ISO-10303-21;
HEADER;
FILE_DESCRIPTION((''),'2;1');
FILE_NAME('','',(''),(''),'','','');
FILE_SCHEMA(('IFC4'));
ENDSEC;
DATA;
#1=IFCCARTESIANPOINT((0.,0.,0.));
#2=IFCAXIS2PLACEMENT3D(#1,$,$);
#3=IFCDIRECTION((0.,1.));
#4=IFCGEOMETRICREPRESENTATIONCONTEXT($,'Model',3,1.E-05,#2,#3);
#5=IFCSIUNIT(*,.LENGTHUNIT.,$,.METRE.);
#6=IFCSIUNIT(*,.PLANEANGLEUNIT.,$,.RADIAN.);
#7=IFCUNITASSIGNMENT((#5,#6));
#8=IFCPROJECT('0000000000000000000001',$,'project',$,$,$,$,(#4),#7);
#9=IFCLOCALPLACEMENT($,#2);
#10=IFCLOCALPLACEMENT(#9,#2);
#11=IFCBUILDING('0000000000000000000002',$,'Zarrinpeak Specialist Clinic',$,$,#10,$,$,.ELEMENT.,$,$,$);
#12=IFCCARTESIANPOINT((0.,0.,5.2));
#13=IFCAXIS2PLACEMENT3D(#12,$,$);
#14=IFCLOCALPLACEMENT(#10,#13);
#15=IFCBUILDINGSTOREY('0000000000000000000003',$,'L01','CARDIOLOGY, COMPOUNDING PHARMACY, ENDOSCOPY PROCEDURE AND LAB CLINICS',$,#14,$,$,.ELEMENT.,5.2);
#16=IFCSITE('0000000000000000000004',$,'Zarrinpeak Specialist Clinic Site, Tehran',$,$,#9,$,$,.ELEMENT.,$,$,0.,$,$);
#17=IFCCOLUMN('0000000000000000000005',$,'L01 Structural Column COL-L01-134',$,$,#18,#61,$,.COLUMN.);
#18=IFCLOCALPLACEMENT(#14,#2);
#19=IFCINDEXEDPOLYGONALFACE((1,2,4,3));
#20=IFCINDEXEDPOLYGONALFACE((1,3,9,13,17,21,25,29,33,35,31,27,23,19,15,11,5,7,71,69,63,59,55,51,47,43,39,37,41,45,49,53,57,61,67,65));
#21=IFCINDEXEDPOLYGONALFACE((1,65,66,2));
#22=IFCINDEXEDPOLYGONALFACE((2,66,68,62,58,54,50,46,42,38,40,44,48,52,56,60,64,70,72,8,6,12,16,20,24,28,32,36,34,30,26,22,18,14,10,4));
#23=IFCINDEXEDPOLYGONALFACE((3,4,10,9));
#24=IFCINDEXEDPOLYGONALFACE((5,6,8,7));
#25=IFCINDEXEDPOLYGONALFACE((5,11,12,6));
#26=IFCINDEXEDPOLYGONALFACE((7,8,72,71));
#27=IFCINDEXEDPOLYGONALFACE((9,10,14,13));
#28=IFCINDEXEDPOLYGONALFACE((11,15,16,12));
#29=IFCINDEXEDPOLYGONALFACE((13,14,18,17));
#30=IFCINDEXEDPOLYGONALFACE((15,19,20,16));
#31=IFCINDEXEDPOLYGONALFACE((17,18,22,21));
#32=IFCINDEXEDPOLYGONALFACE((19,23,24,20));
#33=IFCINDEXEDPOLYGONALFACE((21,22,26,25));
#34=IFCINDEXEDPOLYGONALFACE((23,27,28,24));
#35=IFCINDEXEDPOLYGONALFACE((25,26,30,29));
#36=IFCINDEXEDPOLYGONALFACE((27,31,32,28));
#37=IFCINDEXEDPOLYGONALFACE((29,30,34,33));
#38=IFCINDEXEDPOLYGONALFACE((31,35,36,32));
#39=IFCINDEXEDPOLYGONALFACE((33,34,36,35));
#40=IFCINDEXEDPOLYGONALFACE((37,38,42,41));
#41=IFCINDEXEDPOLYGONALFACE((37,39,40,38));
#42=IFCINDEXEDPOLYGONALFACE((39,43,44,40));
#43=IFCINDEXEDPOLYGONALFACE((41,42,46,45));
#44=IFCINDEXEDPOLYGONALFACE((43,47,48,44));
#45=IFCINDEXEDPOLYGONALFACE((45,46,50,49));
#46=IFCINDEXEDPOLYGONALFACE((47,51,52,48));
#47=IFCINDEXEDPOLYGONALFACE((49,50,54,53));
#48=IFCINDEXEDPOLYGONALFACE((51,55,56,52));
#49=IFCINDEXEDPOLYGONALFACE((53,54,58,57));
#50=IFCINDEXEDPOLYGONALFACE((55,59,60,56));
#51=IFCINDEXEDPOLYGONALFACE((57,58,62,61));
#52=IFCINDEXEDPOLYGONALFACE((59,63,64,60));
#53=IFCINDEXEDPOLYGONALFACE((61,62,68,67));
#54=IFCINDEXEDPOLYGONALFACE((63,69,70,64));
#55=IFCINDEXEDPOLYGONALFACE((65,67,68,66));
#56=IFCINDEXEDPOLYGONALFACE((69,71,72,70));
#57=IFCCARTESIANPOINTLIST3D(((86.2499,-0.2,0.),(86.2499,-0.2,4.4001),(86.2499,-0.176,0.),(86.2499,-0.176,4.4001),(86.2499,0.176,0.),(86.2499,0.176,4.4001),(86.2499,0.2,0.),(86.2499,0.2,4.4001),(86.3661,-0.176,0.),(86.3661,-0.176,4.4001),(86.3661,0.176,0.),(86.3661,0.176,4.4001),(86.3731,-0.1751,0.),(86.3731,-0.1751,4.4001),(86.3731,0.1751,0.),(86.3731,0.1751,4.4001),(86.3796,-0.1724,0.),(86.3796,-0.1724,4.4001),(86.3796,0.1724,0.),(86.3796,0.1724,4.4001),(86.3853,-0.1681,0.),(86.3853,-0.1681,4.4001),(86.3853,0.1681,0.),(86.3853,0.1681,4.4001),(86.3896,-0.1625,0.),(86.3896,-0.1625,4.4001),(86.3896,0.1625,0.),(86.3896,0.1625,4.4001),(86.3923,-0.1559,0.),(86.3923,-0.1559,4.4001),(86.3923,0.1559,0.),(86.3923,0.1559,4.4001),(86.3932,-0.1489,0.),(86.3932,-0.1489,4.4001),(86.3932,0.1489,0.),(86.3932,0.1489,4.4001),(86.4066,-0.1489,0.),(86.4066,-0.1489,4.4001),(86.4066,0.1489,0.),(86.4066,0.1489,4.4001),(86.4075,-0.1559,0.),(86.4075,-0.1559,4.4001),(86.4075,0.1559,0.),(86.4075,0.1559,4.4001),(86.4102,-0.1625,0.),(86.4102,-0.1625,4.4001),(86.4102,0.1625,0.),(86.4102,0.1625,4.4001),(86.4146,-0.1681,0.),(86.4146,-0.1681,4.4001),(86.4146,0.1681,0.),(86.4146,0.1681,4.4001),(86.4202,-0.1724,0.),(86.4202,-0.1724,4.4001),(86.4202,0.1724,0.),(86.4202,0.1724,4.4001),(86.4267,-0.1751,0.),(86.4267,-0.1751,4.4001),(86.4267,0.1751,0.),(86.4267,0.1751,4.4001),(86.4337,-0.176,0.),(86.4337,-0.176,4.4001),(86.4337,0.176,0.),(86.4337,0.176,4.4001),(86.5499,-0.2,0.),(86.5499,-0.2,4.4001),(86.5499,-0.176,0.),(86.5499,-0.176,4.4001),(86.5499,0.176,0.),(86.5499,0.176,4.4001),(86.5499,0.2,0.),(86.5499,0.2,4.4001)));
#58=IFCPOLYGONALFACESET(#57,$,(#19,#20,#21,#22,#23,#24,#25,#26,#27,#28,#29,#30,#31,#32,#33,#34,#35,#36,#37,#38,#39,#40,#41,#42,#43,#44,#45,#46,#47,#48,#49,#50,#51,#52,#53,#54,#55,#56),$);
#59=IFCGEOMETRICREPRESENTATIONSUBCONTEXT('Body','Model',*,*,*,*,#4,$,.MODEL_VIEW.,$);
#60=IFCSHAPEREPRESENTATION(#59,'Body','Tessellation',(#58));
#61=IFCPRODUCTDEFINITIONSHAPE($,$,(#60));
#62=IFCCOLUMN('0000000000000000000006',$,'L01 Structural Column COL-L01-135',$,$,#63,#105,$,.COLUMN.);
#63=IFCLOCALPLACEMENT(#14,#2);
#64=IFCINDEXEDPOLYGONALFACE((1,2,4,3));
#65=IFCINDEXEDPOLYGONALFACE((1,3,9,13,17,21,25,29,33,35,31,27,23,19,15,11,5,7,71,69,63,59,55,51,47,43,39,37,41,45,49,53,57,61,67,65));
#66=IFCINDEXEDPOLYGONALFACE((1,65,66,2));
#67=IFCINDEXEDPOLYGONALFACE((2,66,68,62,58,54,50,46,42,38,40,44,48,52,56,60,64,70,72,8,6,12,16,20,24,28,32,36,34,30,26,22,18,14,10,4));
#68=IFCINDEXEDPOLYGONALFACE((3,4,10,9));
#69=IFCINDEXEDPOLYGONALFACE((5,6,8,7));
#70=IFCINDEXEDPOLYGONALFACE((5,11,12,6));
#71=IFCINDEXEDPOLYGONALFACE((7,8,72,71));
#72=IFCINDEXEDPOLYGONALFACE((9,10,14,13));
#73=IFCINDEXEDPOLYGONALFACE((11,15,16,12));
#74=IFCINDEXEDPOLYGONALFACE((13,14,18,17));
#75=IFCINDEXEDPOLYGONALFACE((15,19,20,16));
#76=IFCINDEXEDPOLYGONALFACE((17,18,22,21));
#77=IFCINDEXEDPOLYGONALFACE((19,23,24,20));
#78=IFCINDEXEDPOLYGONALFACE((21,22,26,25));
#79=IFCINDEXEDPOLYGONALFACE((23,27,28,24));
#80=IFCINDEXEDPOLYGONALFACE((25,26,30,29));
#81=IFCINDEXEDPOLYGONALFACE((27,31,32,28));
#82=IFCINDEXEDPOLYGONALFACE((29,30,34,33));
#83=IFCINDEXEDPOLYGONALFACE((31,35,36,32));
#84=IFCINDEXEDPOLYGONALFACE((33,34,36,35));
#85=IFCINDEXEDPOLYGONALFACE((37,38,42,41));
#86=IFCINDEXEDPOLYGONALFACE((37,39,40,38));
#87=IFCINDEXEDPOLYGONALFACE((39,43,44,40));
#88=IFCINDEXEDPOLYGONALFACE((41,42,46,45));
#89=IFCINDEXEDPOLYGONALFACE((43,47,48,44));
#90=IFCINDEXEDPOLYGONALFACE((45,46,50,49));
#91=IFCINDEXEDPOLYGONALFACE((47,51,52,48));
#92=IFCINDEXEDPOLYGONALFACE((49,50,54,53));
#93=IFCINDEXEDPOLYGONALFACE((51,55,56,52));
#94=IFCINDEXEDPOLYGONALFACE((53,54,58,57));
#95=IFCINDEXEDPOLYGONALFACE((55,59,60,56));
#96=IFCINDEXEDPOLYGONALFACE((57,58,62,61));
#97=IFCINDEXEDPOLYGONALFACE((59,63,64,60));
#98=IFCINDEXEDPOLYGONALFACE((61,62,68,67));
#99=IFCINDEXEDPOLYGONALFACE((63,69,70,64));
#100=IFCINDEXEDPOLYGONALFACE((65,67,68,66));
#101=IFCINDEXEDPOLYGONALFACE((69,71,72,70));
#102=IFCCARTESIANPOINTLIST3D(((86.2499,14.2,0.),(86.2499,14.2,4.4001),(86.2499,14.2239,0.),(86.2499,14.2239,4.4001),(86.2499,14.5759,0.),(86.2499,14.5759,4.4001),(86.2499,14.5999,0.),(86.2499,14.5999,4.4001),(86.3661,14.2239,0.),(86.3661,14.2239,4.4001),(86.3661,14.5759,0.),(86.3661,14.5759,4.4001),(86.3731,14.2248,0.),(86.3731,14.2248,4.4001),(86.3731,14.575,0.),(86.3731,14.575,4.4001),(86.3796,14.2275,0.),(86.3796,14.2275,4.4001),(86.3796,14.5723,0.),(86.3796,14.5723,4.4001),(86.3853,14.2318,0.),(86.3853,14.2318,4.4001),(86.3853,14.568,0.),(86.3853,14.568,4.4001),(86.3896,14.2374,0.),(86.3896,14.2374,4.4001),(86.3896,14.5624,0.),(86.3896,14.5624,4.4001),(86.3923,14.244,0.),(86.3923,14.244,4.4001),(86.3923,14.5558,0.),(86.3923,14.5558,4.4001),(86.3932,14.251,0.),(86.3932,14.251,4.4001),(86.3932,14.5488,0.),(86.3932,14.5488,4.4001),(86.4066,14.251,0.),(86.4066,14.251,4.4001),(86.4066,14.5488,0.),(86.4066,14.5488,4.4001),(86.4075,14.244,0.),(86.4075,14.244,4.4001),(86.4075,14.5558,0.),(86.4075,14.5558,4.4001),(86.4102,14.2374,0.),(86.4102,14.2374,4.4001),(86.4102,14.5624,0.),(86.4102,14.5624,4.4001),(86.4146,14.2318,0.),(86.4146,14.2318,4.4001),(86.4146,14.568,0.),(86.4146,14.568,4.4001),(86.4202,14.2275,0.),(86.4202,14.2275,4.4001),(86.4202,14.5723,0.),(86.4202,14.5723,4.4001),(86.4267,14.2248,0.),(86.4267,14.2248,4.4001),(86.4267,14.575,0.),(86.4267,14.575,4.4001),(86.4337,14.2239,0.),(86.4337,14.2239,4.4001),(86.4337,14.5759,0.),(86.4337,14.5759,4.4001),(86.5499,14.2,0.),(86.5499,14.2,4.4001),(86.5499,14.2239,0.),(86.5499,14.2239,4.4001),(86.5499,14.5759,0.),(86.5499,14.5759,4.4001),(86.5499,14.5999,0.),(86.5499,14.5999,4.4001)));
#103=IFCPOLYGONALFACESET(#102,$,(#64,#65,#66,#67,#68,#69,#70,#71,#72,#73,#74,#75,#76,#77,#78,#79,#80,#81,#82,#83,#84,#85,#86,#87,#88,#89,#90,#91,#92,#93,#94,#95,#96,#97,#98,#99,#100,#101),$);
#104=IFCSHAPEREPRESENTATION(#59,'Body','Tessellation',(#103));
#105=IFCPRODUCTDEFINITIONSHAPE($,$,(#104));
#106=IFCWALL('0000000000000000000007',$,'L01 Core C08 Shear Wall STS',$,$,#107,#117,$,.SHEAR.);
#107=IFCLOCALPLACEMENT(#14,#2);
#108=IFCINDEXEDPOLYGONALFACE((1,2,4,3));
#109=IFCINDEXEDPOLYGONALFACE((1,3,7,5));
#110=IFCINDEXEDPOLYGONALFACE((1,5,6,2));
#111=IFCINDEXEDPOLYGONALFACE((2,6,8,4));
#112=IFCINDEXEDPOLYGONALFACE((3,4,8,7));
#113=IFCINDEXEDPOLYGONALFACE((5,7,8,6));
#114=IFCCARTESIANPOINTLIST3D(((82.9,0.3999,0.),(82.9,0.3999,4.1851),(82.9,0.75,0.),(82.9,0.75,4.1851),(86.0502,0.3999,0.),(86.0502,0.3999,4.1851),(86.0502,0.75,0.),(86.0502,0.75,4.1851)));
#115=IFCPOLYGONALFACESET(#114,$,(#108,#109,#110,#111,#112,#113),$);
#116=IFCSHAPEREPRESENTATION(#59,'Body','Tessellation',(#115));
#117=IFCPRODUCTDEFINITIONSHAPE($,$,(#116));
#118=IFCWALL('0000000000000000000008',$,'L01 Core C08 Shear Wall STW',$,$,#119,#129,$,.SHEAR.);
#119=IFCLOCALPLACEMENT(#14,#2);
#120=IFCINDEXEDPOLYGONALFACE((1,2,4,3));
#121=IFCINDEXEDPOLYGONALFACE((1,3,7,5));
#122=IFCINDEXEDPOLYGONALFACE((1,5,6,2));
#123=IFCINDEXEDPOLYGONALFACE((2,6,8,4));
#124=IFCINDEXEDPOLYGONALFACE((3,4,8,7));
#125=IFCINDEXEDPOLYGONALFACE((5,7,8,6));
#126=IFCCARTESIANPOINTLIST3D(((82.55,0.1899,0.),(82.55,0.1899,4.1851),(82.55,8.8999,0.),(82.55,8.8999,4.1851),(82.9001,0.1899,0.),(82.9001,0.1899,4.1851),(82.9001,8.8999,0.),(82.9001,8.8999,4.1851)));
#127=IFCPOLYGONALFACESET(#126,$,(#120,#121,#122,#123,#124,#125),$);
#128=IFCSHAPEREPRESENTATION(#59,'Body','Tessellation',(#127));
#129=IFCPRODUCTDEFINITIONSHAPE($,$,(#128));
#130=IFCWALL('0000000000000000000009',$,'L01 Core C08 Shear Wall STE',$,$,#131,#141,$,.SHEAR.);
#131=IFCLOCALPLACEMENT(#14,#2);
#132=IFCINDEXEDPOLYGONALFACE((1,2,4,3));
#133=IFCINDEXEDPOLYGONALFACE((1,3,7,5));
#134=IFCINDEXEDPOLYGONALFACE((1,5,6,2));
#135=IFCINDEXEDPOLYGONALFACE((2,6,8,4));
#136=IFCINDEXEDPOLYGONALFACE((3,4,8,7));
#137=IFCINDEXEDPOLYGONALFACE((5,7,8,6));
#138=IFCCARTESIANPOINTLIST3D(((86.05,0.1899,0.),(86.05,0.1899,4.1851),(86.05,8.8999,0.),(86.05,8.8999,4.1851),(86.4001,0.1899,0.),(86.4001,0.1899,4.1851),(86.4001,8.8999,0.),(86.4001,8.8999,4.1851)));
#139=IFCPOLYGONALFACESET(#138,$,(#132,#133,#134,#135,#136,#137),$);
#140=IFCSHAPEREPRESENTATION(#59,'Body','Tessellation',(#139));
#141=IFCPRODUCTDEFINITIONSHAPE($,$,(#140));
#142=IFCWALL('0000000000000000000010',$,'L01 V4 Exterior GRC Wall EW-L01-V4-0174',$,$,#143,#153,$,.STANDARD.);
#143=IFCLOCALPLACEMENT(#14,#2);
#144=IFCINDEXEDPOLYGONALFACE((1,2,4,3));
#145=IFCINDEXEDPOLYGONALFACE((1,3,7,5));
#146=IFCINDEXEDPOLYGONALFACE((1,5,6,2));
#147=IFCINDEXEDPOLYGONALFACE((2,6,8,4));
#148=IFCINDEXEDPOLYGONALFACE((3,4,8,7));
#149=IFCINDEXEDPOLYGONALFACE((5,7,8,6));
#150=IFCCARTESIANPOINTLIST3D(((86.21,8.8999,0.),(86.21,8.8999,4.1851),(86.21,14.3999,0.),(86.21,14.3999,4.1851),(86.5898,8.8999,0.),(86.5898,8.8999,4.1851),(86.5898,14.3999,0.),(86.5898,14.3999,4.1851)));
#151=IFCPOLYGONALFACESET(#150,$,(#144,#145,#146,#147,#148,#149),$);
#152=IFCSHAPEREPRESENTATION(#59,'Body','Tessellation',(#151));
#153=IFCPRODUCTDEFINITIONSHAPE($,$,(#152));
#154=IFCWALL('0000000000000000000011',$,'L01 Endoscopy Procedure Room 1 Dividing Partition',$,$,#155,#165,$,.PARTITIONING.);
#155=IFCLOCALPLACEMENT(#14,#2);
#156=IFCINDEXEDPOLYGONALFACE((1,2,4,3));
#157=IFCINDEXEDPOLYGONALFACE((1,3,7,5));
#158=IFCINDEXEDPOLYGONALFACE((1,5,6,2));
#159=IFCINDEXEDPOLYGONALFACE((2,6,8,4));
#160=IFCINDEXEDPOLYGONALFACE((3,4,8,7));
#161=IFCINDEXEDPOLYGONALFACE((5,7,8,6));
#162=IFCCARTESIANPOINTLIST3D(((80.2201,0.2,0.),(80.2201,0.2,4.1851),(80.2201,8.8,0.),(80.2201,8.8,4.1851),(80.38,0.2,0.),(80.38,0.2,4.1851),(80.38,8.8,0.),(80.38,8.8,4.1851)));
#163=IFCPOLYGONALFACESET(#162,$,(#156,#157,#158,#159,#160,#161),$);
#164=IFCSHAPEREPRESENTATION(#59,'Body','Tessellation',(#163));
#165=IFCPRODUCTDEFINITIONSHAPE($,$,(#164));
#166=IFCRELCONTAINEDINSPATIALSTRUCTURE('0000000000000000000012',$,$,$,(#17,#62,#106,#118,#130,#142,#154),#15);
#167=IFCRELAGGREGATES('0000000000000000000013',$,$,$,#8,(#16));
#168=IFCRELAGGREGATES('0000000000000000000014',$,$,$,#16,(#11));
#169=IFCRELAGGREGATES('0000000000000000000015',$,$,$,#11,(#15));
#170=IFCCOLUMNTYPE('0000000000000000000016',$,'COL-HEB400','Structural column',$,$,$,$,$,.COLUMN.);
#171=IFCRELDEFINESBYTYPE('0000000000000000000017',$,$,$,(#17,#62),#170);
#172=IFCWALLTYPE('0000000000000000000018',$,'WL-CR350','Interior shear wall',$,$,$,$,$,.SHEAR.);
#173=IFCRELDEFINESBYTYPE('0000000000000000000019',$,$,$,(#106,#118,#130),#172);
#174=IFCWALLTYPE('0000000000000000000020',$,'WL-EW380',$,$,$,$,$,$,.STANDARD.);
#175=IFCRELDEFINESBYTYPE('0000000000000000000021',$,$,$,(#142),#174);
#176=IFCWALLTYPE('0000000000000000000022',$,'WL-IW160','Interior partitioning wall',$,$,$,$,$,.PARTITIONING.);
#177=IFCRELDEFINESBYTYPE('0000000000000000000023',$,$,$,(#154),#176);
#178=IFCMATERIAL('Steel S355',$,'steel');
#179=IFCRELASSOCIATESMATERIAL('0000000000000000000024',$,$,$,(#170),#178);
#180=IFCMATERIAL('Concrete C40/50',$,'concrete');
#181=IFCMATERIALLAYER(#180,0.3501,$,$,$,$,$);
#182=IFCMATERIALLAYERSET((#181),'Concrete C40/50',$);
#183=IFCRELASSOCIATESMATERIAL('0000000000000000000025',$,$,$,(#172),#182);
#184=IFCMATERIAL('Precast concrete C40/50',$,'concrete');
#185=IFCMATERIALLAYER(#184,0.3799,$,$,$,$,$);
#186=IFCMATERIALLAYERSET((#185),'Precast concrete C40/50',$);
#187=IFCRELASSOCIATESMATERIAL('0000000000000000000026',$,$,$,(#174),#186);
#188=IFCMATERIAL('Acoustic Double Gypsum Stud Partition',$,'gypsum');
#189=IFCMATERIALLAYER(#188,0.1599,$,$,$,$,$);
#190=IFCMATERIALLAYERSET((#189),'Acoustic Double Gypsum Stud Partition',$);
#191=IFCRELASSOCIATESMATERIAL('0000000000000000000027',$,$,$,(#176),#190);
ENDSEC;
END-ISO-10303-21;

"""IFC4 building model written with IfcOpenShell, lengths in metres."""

from ifc_helpers import new_model, si_unit, direction, frame, frame_2d, origin, origin_2d, place, context, subcontext, project, spatial, rectangle, i_section, extrude, material, layer, layer_set, material_profile, profile_set, type_object, element, save


model = new_model("IFC4")

# Units and contexts
model_context = context("Model", 3, precision=1e-05, world=origin(), true_north=direction((0.0, 1.0)))
body_context = subcontext(model_context, "Body", "Model", "MODEL_VIEW")
ifc_project = project(units=[si_unit("LENGTHUNIT", "METRE"), si_unit("PLANEANGLEUNIT", "RADIAN")], contexts=[model_context])

# Site, building, storey
site_placement = place(None, origin())
site = spatial("IfcSite", under=ifc_project, at=site_placement, Name="Zarrinpeak Specialist Clinic Site, Tehran", CompositionType="ELEMENT", RefElevation=0.0)
building_placement = place(site_placement, origin())
building = spatial("IfcBuilding", under=site, at=building_placement, Name="Zarrinpeak Specialist Clinic", CompositionType="ELEMENT")
storey_placement = place(building_placement, frame((0.0, 0.0, 5.2)))
storey = spatial("IfcBuildingStorey", under=building, at=storey_placement, Name="L01", Description="CARDIOLOGY, COMPOUNDING PHARMACY, ENDOSCOPY PROCEDURE AND LAB CLINICS", CompositionType="ELEMENT", Elevation=5.2)

# Columns
ifc_material_1 = material(Name="Steel S355", Category="steel")
ifc_material_profile = material_profile(ifc_material_1, i_section(OverallWidth=0.3, OverallDepth=0.3999, WebThickness=0.0134, FlangeThickness=0.0239, FilletRadius=0.0271, at=origin_2d()), Name="HEB 400")
ifc_profile_set = profile_set([ifc_material_profile], Name="Steel S355")
column_type = type_object("IfcColumnType", Name="COL-HEB400", Description="Structural column", PredefinedType="COLUMN", material=ifc_profile_set)
for number, where, z_axis, x_axis, name in (
    (1, (86.3999, 0.0, 0.0), (0.0, 0.0, 1.0), (1.0, 0.0, 0.0), "L01 Structural Column COL-L01-134"),
    (2, (86.3999, 14.3999, 0.0), (0.0, 0.0, 1.0), (1.0, 0.0, 0.0), "L01 Structural Column COL-L01-135"),
):
    element("IfcColumn", number, at=place(storey_placement, frame(where, z_axis=z_axis, x_axis=x_axis)), inside=storey, type_object=column_type, Name=name, PredefinedType="COLUMN", context=body_context, shape_type="SweptSolid", body=[
        extrude(i_section(OverallWidth=0.3, OverallDepth=0.3999, WebThickness=0.0134, FlangeThickness=0.0239, FilletRadius=0.0271, at=origin_2d()), origin(), (0.0, 0.0, 1.0), 4.4001),
    ])

# Wall
ifc_material_2 = material(Name="Concrete C40/50", Category="concrete")
ifc_layer_1 = layer(ifc_material_2, 0.3501)
ifc_layer_set_1 = layer_set([ifc_layer_1], Name="Concrete C40/50")
wall_type_1 = type_object("IfcWallType", Name="WL-CR350", Description="Interior shear wall", PredefinedType="SHEAR", material=ifc_layer_set_1)
wall_1_placement = place(storey_placement, frame((82.8999, 0.575, 0.0), z_axis=(0.0, 0.0, 1.0), x_axis=(1.0, 0.0, 0.0)))
element("IfcWall", 3, at=wall_1_placement, inside=storey, type_object=wall_type_1, Name="L01 Core C08 Shear Wall STS", PredefinedType="SHEAR", context=body_context, shape_type="SweptSolid", body=[
    extrude(rectangle(XDim=3.1501, YDim=0.3501, at=frame_2d((1.5752, 0.0))), origin(), (0.0, 0.0, 1.0), 4.1851),
])

# Walls
for number, where, z_axis, x_axis, name in (
    (4, (82.7251, 0.1899, 0.0), (0.0, 0.0, 1.0), (0.0, 1.0, 0.0), "L01 Core C08 Shear Wall STW"),
    (5, (86.2251, 0.1899, 0.0), (0.0, 0.0, 1.0), (0.0, 1.0, 0.0), "L01 Core C08 Shear Wall STE"),
):
    element("IfcWall", number, at=place(storey_placement, frame(where, z_axis=z_axis, x_axis=x_axis)), inside=storey, type_object=wall_type_1, Name=name, PredefinedType="SHEAR", context=body_context, shape_type="SweptSolid", body=[
        extrude(rectangle(XDim=8.71, YDim=0.3501, at=frame_2d((4.355, 0.0))), origin(), (0.0, 0.0, 1.0), 4.1851),
    ])
ifc_material_3 = material(Name="Precast concrete C40/50", Category="concrete")
ifc_layer_2 = layer(ifc_material_3, 0.3799)
ifc_layer_set_2 = layer_set([ifc_layer_2], Name="Precast concrete C40/50")
wall_type_2 = type_object("IfcWallType", Name="WL-EW380", PredefinedType="STANDARD", material=ifc_layer_set_2)
wall_2_placement = place(storey_placement, frame((86.3999, 8.8999, 0.0), z_axis=(0.0, 0.0, 1.0), x_axis=(0.0, 1.0, 0.0)))
element("IfcWall", 6, at=wall_2_placement, inside=storey, type_object=wall_type_2, Name="L01 V4 Exterior GRC Wall EW-L01-V4-0174", PredefinedType="STANDARD", context=body_context, shape_type="SweptSolid", body=[
    extrude(rectangle(XDim=5.5, YDim=0.3799, at=frame_2d((2.75, 0.0))), origin(), (0.0, 0.0, 1.0), 4.1851),
])
ifc_material_4 = material(Name="Acoustic Double Gypsum Stud Partition", Category="gypsum")
ifc_layer_3 = layer(ifc_material_4, 0.1599)
ifc_layer_set_3 = layer_set([ifc_layer_3], Name="Acoustic Double Gypsum Stud Partition")
wall_type_3 = type_object("IfcWallType", Name="WL-IW160", Description="Interior partitioning wall", PredefinedType="PARTITIONING", material=ifc_layer_set_3)
wall_3_placement = place(storey_placement, frame((80.3, 0.2, 0.0), z_axis=(0.0, 0.0, 1.0), x_axis=(0.0, 1.0, 0.0)))
element("IfcWall", 7, at=wall_3_placement, inside=storey, type_object=wall_type_3, Name="L01 Endoscopy Procedure Room 1 Dividing Partition", PredefinedType="PARTITIONING", context=body_context, shape_type="SweptSolid", body=[
    extrude(rectangle(XDim=8.6001, YDim=0.1599, at=frame_2d((4.3, 0.0))), origin(), (0.0, 0.0, 1.0), 4.1851),
])

save(model, "model.ifc")
